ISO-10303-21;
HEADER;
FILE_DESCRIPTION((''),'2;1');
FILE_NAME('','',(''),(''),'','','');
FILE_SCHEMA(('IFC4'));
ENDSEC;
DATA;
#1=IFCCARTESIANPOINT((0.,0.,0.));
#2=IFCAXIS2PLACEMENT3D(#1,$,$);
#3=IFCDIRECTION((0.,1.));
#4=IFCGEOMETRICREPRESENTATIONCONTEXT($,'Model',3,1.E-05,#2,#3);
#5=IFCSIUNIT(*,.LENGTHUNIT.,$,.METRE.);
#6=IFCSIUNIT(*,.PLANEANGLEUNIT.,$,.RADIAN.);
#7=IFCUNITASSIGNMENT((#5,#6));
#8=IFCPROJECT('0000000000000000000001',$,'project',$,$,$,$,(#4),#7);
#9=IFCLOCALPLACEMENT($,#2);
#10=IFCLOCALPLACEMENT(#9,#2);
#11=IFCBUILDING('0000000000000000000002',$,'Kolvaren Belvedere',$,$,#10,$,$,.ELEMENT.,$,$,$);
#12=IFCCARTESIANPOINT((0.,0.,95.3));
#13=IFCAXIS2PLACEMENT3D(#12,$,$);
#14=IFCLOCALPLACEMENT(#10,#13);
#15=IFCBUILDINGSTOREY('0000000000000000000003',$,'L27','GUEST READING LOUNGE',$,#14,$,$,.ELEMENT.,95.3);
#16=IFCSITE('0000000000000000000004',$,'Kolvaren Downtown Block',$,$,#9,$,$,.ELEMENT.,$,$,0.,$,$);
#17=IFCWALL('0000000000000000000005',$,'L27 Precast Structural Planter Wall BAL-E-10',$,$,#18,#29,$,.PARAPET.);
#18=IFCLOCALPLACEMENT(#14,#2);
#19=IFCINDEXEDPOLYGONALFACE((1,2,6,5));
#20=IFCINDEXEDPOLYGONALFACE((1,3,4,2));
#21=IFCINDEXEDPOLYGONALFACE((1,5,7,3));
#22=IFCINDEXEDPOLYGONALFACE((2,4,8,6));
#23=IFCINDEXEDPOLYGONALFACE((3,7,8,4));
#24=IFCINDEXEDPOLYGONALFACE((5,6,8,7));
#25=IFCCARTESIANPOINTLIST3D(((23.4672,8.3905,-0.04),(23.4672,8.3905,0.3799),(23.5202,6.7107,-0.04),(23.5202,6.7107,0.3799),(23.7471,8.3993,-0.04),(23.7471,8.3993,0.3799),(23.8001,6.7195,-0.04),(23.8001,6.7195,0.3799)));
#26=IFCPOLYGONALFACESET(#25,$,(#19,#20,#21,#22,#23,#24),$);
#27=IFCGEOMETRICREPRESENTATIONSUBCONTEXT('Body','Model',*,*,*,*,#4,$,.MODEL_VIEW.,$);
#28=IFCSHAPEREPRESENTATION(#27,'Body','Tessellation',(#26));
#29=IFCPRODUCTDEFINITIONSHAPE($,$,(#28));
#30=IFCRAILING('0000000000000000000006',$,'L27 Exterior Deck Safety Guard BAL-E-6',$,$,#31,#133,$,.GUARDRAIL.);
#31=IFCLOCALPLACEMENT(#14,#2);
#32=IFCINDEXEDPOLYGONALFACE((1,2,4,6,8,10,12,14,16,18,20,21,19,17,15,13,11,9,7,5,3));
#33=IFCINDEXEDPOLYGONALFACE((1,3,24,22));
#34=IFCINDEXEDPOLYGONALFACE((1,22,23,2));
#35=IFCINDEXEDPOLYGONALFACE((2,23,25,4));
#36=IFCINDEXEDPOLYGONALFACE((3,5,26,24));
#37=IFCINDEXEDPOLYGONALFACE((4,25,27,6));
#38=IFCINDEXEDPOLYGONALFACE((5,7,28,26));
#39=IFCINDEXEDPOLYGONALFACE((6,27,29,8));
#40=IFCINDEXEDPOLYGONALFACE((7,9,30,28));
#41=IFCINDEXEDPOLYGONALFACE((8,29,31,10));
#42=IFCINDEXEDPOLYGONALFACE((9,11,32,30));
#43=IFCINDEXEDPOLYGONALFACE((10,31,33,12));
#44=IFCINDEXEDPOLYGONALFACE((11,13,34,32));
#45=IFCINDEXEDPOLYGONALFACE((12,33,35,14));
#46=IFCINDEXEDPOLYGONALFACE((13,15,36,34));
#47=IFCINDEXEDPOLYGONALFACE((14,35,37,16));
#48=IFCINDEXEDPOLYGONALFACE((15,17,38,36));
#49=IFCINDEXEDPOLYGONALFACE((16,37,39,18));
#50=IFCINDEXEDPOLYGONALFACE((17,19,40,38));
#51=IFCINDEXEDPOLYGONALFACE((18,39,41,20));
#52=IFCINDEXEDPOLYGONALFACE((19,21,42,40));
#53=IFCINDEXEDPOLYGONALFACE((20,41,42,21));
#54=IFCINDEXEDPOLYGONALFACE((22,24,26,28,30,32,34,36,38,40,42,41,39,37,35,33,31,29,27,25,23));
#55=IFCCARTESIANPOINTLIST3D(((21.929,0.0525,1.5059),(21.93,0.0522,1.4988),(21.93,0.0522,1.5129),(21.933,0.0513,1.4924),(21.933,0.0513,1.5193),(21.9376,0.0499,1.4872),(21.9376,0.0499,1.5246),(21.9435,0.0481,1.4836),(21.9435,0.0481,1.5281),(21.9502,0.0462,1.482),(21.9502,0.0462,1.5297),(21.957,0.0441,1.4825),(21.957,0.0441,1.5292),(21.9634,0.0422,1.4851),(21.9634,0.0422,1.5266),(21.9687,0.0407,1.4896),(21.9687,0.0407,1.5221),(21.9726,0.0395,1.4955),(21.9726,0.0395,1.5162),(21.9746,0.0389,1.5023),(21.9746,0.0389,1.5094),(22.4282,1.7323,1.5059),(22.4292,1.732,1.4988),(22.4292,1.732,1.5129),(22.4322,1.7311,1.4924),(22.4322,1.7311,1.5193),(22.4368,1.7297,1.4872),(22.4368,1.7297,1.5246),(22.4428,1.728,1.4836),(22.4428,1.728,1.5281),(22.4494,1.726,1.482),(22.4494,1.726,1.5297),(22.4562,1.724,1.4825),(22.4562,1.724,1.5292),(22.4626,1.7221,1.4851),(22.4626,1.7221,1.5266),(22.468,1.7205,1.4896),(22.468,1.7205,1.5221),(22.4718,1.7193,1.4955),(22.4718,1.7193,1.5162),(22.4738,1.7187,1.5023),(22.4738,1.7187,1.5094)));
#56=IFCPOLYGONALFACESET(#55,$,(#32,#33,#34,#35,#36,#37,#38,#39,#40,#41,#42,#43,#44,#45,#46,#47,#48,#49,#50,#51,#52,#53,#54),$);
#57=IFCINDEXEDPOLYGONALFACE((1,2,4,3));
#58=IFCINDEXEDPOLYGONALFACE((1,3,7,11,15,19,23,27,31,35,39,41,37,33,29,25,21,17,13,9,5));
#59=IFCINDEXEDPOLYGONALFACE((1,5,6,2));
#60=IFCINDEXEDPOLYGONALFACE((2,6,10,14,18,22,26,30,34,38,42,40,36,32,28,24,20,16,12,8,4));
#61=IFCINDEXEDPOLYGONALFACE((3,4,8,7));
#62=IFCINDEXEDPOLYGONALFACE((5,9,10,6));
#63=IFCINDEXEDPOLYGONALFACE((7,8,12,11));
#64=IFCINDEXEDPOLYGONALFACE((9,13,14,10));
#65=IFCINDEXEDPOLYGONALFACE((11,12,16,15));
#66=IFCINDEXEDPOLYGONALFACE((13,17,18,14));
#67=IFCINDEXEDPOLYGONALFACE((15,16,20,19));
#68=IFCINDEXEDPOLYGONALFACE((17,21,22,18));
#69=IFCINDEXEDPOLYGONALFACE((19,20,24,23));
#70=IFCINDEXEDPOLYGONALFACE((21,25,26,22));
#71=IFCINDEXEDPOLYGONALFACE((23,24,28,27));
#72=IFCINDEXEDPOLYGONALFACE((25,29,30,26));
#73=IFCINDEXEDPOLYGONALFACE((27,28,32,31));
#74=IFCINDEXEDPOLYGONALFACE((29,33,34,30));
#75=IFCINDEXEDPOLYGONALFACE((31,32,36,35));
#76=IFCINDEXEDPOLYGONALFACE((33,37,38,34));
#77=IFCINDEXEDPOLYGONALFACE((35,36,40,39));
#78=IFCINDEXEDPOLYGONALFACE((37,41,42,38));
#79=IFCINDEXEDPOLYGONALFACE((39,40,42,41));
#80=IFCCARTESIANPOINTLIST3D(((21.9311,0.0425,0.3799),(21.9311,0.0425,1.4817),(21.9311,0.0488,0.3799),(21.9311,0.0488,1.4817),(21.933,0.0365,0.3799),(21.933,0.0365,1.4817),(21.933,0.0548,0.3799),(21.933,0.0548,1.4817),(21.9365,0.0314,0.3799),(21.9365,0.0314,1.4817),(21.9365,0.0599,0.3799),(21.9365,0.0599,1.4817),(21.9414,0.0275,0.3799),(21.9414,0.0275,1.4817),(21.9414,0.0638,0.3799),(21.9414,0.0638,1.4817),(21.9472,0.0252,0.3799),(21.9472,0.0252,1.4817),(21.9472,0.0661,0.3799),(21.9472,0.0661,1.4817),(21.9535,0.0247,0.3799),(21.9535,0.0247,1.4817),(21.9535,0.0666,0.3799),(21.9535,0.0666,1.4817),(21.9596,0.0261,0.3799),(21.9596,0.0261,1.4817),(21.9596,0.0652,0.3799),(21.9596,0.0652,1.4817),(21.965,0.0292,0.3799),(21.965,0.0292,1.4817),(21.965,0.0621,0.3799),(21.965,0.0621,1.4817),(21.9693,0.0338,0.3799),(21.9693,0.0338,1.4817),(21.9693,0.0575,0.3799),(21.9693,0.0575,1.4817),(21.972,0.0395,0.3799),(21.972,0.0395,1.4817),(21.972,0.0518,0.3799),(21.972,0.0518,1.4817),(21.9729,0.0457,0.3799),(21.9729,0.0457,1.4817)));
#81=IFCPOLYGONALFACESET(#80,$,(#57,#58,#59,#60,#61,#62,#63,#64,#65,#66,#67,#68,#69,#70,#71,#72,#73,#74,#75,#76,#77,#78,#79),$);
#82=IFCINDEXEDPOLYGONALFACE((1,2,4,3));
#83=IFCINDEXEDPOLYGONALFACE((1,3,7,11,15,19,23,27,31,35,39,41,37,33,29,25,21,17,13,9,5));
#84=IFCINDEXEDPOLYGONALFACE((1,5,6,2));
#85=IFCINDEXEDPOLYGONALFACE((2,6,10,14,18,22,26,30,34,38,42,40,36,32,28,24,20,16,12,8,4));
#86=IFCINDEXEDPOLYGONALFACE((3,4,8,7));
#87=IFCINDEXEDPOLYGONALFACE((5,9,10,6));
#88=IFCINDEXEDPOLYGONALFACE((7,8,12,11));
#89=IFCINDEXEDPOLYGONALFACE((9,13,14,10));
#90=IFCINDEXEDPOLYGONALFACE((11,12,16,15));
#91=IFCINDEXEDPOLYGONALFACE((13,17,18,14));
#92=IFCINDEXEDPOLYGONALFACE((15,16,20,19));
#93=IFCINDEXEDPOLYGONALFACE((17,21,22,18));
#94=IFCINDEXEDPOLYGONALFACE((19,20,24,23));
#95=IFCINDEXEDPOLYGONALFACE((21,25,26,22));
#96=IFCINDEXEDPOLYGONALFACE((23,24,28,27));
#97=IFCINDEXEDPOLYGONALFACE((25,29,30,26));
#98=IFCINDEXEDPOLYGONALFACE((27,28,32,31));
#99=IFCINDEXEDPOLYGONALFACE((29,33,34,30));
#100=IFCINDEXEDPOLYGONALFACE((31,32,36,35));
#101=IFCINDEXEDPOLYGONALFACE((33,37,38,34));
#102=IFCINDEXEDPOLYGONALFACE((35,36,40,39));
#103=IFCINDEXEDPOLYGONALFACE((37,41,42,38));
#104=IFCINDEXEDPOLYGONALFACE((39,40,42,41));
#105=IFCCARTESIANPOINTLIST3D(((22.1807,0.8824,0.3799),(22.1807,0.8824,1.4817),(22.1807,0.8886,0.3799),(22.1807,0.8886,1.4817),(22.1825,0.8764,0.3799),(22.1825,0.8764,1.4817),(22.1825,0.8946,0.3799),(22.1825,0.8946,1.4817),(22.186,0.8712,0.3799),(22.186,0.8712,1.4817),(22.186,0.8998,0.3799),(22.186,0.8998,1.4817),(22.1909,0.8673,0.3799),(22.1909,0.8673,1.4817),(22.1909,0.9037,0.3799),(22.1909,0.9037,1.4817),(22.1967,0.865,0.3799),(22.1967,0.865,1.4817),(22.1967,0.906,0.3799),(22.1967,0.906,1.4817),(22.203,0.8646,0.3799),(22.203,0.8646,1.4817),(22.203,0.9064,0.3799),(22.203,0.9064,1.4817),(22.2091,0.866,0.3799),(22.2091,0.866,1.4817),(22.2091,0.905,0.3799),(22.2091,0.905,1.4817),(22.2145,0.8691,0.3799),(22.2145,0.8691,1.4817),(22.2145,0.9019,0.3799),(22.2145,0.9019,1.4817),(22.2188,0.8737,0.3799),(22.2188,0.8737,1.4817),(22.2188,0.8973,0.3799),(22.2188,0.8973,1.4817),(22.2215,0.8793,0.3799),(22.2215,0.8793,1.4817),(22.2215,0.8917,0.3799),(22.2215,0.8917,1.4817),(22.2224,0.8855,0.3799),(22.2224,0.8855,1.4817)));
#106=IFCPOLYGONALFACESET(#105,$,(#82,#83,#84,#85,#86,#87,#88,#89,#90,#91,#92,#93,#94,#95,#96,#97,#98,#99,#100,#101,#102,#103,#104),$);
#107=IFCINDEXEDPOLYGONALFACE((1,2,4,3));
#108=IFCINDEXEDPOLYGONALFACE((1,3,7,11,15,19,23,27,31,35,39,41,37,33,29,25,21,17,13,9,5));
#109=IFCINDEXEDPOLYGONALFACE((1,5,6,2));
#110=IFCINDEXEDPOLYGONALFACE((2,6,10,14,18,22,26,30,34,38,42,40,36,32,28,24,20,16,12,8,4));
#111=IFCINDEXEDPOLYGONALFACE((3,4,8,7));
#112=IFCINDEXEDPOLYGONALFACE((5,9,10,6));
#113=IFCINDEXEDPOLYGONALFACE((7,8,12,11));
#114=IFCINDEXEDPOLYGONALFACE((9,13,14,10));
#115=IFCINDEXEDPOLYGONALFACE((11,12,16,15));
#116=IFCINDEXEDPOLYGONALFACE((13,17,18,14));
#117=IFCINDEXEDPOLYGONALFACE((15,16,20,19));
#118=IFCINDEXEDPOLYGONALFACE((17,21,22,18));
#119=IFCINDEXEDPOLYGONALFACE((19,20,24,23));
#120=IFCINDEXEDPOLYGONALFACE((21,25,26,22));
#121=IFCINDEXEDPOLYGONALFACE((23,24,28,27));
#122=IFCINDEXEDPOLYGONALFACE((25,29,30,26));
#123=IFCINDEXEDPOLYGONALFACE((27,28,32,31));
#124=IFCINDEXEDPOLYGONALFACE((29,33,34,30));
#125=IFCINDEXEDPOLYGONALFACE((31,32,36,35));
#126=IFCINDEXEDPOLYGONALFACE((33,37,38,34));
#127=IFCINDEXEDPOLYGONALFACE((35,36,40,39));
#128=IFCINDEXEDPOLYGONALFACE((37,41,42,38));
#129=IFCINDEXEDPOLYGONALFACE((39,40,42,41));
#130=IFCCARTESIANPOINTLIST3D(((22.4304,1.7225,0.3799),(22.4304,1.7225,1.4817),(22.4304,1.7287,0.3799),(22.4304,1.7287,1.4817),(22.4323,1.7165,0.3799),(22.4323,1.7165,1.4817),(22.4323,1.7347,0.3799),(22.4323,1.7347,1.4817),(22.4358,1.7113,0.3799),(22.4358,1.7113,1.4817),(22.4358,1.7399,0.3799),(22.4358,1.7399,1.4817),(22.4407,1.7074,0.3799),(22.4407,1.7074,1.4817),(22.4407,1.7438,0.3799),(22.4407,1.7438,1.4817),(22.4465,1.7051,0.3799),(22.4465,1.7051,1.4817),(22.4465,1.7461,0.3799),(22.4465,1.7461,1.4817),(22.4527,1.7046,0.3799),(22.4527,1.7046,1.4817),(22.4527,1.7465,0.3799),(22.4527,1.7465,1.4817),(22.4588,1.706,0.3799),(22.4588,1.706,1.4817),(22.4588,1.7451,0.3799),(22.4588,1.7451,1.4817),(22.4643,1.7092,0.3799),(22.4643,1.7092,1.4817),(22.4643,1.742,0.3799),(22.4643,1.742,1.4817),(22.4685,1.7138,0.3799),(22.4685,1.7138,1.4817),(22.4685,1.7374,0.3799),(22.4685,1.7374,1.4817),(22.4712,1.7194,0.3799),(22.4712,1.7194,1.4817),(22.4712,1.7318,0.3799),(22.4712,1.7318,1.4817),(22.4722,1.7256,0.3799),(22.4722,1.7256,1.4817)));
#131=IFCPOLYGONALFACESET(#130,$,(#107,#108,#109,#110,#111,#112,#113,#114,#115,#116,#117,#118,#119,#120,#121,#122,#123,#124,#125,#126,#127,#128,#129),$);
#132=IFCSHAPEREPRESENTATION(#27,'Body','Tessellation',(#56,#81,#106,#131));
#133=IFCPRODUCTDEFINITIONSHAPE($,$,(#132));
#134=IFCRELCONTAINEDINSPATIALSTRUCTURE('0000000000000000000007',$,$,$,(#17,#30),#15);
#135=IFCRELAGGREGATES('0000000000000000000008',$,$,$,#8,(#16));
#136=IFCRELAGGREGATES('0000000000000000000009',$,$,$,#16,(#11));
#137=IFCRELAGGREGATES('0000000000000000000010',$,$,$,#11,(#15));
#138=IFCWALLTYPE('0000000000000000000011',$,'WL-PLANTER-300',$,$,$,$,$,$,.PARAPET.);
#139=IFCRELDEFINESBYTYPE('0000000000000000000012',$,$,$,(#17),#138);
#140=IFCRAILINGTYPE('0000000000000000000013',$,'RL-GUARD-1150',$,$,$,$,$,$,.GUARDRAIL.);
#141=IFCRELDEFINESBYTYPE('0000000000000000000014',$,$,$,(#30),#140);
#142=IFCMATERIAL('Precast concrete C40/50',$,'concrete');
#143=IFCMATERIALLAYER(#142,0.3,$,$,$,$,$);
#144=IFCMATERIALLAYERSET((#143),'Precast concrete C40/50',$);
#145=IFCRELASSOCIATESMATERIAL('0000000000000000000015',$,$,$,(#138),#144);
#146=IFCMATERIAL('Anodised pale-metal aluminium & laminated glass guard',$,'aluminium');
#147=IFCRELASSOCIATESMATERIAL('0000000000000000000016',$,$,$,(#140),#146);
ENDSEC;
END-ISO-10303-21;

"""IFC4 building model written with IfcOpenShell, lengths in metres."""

from ifc_helpers import new_model, si_unit, direction, frame, frame_2d, origin, origin_2d, place, context, subcontext, project, spatial, rectangle, circle, extrude, material, layer, layer_set, type_object, element, save


model = new_model("IFC4")

# Units and contexts
model_context = context("Model", 3, precision=1e-05, world=origin(), true_north=direction((0.0, 1.0)))
body_context = subcontext(model_context, "Body", "Model", "MODEL_VIEW")
ifc_project = project(units=[si_unit("LENGTHUNIT", "METRE"), si_unit("PLANEANGLEUNIT", "RADIAN")], contexts=[model_context])

# Site, building, storey
site_placement = place(None, origin())
site = spatial("IfcSite", under=ifc_project, at=site_placement, Name="Kolvaren Downtown Block", CompositionType="ELEMENT", RefElevation=0.0)
building_placement = place(site_placement, origin())
building = spatial("IfcBuilding", under=site, at=building_placement, Name="Kolvaren Belvedere", CompositionType="ELEMENT")
storey_placement = place(building_placement, frame((0.0, 0.0, 95.3)))
storey = spatial("IfcBuildingStorey", under=building, at=storey_placement, Name="L27", Description="GUEST READING LOUNGE", CompositionType="ELEMENT", Elevation=95.3)

# Wall
ifc_material_1 = material(Name="Precast concrete C40/50", Category="concrete")
ifc_layer_1 = layer(ifc_material_1, 0.3)
ifc_layer_set_1 = layer_set([ifc_layer_1], Name="Precast concrete C40/50")
wall_type_1 = type_object("IfcWallType", Name="WL-PLANTER-300", PredefinedType="PARAPET", material=ifc_layer_set_1)
wall_1_placement = place(storey_placement, frame((23.6602, 6.7151, -0.04), z_axis=(0.0, 0.0, 1.0), x_axis=(-0.03152, 0.999503, 0.0)))
element("IfcWall", 1, at=wall_1_placement, inside=storey, type_object=wall_type_1, Name="L27 Precast Structural Planter Wall BAL-E-10", PredefinedType="PARAPET", context=body_context, shape_type="SweptSolid", body=[
    extrude(rectangle(XDim=1.6807, YDim=0.28, at=frame_2d((0.8403, 0.0))), origin(), (0.0, 0.0, 1.0), 0.4199),
])

# Railing
ifc_material_2 = material(Name="Anodised pale-metal aluminium & laminated glass guard", Category="aluminium")
railing_type = type_object("IfcRailingType", Name="RL-GUARD-1150", PredefinedType="GUARDRAIL", material=ifc_material_2)
railing_1_placement = place(storey_placement, frame((21.9519, 0.0457, 0.3799)))
element("IfcRailing", 2, at=railing_1_placement, inside=storey, type_object=railing_type, Name="L27 Exterior Deck Safety Guard BAL-E-6", PredefinedType="GUARDRAIL", context=body_context, shape_type="SweptSolid", body=[
    extrude(circle(Radius=0.0239, at=origin_2d()), frame((0.0, 0.0, 1.126), z_axis=(0.28488, 0.958563, 0.0), x_axis=(-0.958563, 0.28488, 0.0)), (0.0, 0.0, 1.0), 1.7524),
    extrude(circle(Radius=0.021, at=origin_2d()), origin(), (0.0, 0.0, 1.0), 1.1018),
    extrude(circle(Radius=0.021, at=origin_2d()), frame((0.2495, 0.8398, 0.0)), (0.0, 0.0, 1.0), 1.1018),
    extrude(circle(Radius=0.021, at=origin_2d()), frame((0.4993, 1.6799, 0.0)), (0.0, 0.0, 1.0), 1.1018),
])

save(model, "model.ifc")
